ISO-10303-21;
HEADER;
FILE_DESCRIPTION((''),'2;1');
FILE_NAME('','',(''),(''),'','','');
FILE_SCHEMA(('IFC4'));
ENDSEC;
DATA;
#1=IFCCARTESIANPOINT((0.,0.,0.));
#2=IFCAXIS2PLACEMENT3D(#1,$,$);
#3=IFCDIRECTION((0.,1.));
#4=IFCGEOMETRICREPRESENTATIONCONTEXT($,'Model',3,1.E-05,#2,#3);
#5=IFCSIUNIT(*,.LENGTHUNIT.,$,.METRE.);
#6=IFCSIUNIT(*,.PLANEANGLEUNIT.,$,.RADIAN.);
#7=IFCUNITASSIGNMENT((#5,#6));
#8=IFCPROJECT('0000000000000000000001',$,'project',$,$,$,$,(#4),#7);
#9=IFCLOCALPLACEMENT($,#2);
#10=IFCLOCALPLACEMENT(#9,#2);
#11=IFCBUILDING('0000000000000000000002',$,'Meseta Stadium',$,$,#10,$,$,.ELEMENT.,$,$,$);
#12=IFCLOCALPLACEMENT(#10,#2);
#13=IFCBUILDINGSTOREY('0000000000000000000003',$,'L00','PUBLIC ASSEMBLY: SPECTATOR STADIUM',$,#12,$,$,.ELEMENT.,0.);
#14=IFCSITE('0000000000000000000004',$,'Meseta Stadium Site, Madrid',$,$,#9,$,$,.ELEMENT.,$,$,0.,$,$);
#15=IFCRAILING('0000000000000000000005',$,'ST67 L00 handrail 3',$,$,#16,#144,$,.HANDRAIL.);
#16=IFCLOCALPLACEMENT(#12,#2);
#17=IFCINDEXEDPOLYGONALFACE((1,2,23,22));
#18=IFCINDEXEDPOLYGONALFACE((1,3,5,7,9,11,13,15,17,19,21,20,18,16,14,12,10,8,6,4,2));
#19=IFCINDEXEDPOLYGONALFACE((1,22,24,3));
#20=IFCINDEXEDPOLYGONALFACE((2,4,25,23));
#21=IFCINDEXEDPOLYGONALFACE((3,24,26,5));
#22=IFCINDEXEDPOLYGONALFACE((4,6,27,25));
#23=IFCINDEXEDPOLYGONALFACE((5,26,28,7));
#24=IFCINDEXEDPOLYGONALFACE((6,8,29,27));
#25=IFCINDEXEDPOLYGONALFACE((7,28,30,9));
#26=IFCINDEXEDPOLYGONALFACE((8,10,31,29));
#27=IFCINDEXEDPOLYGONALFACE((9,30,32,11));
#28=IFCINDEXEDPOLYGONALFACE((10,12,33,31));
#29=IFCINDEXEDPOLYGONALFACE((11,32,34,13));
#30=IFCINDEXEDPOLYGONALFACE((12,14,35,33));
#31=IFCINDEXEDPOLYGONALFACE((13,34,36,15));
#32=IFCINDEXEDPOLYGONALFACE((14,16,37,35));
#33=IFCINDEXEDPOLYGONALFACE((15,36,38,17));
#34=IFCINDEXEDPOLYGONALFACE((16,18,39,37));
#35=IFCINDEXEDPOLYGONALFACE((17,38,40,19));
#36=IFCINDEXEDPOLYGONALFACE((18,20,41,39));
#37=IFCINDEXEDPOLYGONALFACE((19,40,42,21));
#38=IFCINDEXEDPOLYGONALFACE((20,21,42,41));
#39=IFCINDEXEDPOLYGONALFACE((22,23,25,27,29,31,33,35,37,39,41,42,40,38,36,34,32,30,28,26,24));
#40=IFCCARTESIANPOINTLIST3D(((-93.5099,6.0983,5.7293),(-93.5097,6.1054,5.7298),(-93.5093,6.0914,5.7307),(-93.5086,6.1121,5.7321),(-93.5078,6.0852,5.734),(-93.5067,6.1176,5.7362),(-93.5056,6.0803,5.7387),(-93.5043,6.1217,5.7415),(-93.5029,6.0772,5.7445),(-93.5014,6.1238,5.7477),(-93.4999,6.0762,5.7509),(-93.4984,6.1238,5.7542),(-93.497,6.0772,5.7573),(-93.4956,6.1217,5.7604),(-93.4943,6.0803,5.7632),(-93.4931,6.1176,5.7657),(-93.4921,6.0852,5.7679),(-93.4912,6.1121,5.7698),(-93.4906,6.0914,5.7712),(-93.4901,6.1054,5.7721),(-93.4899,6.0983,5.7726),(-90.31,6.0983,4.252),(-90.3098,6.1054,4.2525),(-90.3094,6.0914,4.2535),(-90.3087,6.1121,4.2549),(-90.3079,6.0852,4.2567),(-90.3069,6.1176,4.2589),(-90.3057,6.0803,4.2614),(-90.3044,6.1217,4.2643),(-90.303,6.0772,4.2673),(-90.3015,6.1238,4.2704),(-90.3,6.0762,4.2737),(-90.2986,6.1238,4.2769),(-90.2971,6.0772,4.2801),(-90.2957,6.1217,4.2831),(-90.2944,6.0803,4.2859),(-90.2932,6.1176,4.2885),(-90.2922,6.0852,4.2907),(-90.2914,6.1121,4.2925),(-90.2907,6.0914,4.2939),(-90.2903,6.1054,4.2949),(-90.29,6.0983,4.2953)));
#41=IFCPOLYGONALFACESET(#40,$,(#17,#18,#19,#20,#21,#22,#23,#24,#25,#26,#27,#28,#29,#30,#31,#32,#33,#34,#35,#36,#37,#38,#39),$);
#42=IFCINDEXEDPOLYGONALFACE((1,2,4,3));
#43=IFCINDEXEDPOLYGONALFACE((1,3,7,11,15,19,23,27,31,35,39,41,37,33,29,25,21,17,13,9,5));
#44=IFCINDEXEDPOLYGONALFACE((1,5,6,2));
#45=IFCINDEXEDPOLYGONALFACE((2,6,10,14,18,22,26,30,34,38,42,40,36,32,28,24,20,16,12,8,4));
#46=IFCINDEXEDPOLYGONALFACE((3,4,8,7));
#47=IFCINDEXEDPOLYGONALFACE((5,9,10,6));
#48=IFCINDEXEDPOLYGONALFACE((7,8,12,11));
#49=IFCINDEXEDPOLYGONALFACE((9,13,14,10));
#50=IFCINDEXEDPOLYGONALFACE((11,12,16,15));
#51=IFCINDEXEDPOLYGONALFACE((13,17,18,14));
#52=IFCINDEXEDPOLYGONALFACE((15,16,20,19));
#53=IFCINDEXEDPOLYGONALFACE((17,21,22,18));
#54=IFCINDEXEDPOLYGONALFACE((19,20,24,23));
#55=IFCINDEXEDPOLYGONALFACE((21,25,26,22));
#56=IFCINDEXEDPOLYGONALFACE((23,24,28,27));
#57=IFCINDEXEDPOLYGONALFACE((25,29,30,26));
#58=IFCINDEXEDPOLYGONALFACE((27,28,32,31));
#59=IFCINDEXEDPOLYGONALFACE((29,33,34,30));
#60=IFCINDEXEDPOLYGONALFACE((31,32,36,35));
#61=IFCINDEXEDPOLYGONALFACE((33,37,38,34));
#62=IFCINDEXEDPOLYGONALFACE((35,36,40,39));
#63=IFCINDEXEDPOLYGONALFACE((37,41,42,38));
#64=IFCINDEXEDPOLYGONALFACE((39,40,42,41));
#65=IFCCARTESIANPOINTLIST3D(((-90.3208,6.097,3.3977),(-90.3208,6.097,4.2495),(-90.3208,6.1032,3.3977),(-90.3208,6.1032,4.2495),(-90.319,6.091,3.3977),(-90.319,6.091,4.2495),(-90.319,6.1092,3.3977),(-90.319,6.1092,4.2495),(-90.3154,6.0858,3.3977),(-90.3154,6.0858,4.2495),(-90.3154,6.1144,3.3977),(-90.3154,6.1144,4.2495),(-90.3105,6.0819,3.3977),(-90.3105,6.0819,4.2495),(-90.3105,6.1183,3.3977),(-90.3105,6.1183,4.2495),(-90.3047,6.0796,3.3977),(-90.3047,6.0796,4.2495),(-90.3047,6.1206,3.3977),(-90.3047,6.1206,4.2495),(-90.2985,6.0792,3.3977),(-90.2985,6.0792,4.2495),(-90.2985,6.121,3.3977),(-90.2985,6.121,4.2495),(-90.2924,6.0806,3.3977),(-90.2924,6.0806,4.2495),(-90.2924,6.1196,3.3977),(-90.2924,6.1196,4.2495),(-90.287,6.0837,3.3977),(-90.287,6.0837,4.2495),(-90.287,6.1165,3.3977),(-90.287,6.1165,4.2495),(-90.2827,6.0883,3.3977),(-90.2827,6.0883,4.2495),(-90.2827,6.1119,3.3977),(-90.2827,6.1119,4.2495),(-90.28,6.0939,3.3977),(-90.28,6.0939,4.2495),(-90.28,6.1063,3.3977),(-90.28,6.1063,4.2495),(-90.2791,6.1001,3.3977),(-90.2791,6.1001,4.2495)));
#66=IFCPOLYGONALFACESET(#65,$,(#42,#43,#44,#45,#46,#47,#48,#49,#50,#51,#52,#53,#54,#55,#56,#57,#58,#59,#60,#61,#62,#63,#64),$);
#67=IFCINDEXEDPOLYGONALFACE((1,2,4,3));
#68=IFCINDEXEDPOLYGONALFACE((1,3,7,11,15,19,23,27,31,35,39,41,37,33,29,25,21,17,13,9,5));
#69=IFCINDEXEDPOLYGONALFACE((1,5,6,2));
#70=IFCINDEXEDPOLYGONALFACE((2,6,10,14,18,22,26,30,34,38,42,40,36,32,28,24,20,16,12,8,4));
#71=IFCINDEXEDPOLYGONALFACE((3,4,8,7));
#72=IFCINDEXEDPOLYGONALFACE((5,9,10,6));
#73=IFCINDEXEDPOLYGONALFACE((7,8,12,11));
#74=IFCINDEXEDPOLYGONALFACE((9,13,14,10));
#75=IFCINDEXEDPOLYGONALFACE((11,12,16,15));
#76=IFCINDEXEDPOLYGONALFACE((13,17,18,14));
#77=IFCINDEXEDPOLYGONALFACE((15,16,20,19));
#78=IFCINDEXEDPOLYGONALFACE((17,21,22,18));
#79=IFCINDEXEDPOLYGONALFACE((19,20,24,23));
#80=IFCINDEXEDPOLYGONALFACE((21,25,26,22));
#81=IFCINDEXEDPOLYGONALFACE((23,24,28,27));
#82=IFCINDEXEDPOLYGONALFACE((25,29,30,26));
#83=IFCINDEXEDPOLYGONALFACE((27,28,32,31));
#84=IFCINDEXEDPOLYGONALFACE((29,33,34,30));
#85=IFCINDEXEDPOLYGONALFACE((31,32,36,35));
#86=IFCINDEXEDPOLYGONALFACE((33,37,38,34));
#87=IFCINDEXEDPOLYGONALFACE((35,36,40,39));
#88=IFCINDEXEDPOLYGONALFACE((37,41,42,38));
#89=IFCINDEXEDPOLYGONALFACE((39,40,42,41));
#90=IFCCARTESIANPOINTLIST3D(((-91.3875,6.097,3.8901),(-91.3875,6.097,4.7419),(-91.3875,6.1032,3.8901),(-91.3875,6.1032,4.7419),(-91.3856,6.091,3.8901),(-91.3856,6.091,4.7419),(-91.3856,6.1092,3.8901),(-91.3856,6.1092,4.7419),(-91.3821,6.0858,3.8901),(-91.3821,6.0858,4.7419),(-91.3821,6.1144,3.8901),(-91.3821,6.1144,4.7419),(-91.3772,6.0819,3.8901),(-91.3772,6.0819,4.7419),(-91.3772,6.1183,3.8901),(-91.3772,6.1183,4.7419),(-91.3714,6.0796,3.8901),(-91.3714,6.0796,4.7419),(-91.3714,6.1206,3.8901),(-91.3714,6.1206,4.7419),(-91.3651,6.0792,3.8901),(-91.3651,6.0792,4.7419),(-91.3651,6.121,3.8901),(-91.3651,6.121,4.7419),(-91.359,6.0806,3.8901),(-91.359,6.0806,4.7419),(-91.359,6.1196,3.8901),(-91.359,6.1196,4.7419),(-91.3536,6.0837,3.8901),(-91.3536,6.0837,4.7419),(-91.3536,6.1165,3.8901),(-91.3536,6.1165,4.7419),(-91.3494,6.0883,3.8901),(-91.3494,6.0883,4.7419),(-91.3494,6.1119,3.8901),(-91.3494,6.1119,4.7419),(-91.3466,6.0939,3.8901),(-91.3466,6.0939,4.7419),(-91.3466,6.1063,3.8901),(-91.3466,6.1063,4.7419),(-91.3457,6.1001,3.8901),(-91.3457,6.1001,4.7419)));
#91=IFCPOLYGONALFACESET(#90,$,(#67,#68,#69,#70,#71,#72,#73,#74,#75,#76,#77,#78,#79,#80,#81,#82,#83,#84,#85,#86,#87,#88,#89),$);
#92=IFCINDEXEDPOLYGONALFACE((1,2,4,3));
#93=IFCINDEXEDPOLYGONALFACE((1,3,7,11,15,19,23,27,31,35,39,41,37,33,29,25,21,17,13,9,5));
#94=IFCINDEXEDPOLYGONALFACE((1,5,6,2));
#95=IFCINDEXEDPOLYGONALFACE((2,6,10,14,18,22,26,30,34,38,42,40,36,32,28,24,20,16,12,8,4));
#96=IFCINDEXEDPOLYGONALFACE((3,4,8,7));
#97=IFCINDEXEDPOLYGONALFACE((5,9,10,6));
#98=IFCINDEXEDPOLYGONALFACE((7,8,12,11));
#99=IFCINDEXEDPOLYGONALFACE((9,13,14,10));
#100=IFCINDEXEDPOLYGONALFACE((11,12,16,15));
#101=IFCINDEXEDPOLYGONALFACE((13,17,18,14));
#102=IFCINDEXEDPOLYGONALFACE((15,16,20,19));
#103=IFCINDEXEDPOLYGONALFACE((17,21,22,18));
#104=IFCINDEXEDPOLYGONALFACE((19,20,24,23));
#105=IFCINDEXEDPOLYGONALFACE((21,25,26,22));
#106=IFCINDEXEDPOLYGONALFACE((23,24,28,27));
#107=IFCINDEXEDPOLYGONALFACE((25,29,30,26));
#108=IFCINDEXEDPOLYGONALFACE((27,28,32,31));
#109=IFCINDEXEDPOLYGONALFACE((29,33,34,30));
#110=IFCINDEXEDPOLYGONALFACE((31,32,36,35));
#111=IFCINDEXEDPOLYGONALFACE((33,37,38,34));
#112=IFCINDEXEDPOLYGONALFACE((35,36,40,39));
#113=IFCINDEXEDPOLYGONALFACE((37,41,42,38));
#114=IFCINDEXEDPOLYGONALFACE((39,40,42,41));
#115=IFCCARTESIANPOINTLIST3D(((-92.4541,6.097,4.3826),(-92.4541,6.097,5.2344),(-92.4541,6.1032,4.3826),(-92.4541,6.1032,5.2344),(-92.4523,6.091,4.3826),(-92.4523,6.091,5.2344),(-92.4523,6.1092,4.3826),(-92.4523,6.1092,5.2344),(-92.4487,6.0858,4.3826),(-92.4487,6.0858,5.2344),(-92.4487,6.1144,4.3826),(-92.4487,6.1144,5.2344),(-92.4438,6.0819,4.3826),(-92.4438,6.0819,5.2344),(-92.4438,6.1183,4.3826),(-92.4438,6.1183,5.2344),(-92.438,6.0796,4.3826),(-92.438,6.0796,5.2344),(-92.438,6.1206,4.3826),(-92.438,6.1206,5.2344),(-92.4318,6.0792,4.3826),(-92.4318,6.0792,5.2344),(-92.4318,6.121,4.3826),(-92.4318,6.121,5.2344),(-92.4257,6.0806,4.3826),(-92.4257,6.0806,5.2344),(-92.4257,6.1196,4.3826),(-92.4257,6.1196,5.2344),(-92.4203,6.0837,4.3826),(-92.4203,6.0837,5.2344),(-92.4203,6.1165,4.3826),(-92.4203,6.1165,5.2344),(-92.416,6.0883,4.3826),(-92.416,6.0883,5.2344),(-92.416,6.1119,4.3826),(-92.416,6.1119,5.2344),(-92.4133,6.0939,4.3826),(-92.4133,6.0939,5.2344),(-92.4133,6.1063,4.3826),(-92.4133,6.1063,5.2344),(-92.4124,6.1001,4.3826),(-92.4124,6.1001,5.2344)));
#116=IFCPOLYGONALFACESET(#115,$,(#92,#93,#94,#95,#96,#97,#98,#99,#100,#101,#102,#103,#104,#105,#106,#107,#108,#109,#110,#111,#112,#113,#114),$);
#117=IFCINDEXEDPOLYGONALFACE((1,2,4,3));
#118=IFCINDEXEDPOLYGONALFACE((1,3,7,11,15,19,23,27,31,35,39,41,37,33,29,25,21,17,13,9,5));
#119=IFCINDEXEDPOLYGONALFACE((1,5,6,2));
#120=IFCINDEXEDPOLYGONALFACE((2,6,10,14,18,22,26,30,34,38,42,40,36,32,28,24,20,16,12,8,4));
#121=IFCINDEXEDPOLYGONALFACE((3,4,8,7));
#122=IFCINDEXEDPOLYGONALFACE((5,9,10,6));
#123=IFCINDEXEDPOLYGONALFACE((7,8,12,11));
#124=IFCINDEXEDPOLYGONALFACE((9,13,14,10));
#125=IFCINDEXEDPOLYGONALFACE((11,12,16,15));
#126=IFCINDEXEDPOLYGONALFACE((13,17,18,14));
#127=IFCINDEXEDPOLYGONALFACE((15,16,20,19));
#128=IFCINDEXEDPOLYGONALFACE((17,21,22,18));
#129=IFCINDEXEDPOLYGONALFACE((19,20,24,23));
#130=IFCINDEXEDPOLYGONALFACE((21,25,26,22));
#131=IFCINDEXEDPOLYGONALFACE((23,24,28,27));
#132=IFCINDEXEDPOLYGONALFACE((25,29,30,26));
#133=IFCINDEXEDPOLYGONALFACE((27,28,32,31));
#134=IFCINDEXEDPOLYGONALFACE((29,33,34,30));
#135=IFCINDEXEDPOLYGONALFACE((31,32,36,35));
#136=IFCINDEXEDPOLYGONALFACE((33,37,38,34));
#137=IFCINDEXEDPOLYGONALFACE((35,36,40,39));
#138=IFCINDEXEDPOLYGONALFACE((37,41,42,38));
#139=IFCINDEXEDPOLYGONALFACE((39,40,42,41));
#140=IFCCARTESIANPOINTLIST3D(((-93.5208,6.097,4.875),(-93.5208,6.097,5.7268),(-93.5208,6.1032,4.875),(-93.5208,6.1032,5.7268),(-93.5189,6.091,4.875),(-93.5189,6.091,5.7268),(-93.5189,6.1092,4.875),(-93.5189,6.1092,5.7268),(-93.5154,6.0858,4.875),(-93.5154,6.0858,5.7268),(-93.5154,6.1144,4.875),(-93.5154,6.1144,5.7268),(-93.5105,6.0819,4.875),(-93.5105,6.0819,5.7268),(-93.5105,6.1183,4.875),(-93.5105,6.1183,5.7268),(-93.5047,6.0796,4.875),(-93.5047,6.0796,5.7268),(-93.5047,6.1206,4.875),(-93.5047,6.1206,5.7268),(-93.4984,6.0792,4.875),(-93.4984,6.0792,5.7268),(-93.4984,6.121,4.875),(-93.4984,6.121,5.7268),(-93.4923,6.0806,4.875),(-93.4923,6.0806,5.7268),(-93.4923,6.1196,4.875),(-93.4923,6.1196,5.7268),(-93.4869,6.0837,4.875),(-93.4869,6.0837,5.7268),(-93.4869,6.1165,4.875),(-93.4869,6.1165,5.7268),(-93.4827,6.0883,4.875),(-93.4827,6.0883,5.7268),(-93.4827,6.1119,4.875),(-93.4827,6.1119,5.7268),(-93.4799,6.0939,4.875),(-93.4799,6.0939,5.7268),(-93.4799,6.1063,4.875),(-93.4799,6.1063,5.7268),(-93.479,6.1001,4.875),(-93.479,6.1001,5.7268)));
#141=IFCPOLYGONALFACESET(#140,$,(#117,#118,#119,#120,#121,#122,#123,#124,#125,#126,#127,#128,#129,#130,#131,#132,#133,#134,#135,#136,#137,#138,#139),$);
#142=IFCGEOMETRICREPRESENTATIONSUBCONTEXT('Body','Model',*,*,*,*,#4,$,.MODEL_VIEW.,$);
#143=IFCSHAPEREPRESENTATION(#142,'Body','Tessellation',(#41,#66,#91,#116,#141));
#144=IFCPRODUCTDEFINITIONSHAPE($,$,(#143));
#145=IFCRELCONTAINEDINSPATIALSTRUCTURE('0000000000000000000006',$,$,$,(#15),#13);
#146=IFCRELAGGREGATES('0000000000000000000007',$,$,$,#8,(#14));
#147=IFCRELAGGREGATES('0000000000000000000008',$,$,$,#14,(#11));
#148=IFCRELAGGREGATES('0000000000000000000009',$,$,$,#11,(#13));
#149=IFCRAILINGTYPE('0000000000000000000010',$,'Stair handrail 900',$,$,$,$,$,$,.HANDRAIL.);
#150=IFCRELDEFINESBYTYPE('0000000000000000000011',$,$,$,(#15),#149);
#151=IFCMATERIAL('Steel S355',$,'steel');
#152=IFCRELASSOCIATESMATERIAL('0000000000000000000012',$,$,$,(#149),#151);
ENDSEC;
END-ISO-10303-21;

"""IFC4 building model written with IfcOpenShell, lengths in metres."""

from ifc_helpers import new_model, si_unit, direction, frame, origin, origin_2d, place, context, subcontext, project, spatial, circle, extrude, material, type_object, element, save


model = new_model("IFC4")

# Units and contexts
model_context = context("Model", 3, precision=1e-05, world=origin(), true_north=direction((0.0, 1.0)))
body_context = subcontext(model_context, "Body", "Model", "MODEL_VIEW")
ifc_project = project(units=[si_unit("LENGTHUNIT", "METRE"), si_unit("PLANEANGLEUNIT", "RADIAN")], contexts=[model_context])

# Site, building, storey
site_placement = place(None, origin())
site = spatial("IfcSite", under=ifc_project, at=site_placement, Name="Meseta Stadium Site, Madrid", CompositionType="ELEMENT", RefElevation=0.0)
building_placement = place(site_placement, origin())
building = spatial("IfcBuilding", under=site, at=building_placement, Name="Meseta Stadium", CompositionType="ELEMENT")
storey_placement = place(building_placement, origin())
storey = spatial("IfcBuildingStorey", under=building, at=storey_placement, Name="L00", Description="PUBLIC ASSEMBLY: SPECTATOR STADIUM", CompositionType="ELEMENT", Elevation=0.0)

# Railing
ifc_material_1 = material(Name="Steel S355", Category="steel")
railing_type_1 = type_object("IfcRailingType", Name="Stair handrail 900", PredefinedType="HANDRAIL", material=ifc_material_1)
for number, where, name in (
    (1, (-90.3, 6.1001, 3.3977), "ST67 L00 handrail 3"),
):
    element("IfcRailing", number, at=place(storey_placement, frame(where)), inside=storey, type_object=railing_type_1, Name=name, PredefinedType="HANDRAIL", context=body_context, shape_type="SweptSolid", body=[
        extrude(circle(Radius=0.0239, at=origin_2d()), frame((0.0, 0.0, 0.876), z_axis=(-0.907917, 0.0, 0.41915), x_axis=(0.0, -1.0, 0.0)), (0.0, 0.0, 1.0), 3.5244),
        extrude(circle(Radius=0.021, at=origin_2d()), origin(), (0.0, 0.0, 1.0), 0.8518),
        extrude(circle(Radius=0.021, at=origin_2d()), frame((-1.0667, 0.0, 0.4924)), (0.0, 0.0, 1.0), 0.8518),
        extrude(circle(Radius=0.021, at=origin_2d()), frame((-2.1333, 0.0, 0.9849)), (0.0, 0.0, 1.0), 0.8518),
        extrude(circle(Radius=0.021, at=origin_2d()), frame((-3.2, 0.0, 1.4773)), (0.0, 0.0, 1.0), 0.8518),
    ])

save(model, "model.ifc")
